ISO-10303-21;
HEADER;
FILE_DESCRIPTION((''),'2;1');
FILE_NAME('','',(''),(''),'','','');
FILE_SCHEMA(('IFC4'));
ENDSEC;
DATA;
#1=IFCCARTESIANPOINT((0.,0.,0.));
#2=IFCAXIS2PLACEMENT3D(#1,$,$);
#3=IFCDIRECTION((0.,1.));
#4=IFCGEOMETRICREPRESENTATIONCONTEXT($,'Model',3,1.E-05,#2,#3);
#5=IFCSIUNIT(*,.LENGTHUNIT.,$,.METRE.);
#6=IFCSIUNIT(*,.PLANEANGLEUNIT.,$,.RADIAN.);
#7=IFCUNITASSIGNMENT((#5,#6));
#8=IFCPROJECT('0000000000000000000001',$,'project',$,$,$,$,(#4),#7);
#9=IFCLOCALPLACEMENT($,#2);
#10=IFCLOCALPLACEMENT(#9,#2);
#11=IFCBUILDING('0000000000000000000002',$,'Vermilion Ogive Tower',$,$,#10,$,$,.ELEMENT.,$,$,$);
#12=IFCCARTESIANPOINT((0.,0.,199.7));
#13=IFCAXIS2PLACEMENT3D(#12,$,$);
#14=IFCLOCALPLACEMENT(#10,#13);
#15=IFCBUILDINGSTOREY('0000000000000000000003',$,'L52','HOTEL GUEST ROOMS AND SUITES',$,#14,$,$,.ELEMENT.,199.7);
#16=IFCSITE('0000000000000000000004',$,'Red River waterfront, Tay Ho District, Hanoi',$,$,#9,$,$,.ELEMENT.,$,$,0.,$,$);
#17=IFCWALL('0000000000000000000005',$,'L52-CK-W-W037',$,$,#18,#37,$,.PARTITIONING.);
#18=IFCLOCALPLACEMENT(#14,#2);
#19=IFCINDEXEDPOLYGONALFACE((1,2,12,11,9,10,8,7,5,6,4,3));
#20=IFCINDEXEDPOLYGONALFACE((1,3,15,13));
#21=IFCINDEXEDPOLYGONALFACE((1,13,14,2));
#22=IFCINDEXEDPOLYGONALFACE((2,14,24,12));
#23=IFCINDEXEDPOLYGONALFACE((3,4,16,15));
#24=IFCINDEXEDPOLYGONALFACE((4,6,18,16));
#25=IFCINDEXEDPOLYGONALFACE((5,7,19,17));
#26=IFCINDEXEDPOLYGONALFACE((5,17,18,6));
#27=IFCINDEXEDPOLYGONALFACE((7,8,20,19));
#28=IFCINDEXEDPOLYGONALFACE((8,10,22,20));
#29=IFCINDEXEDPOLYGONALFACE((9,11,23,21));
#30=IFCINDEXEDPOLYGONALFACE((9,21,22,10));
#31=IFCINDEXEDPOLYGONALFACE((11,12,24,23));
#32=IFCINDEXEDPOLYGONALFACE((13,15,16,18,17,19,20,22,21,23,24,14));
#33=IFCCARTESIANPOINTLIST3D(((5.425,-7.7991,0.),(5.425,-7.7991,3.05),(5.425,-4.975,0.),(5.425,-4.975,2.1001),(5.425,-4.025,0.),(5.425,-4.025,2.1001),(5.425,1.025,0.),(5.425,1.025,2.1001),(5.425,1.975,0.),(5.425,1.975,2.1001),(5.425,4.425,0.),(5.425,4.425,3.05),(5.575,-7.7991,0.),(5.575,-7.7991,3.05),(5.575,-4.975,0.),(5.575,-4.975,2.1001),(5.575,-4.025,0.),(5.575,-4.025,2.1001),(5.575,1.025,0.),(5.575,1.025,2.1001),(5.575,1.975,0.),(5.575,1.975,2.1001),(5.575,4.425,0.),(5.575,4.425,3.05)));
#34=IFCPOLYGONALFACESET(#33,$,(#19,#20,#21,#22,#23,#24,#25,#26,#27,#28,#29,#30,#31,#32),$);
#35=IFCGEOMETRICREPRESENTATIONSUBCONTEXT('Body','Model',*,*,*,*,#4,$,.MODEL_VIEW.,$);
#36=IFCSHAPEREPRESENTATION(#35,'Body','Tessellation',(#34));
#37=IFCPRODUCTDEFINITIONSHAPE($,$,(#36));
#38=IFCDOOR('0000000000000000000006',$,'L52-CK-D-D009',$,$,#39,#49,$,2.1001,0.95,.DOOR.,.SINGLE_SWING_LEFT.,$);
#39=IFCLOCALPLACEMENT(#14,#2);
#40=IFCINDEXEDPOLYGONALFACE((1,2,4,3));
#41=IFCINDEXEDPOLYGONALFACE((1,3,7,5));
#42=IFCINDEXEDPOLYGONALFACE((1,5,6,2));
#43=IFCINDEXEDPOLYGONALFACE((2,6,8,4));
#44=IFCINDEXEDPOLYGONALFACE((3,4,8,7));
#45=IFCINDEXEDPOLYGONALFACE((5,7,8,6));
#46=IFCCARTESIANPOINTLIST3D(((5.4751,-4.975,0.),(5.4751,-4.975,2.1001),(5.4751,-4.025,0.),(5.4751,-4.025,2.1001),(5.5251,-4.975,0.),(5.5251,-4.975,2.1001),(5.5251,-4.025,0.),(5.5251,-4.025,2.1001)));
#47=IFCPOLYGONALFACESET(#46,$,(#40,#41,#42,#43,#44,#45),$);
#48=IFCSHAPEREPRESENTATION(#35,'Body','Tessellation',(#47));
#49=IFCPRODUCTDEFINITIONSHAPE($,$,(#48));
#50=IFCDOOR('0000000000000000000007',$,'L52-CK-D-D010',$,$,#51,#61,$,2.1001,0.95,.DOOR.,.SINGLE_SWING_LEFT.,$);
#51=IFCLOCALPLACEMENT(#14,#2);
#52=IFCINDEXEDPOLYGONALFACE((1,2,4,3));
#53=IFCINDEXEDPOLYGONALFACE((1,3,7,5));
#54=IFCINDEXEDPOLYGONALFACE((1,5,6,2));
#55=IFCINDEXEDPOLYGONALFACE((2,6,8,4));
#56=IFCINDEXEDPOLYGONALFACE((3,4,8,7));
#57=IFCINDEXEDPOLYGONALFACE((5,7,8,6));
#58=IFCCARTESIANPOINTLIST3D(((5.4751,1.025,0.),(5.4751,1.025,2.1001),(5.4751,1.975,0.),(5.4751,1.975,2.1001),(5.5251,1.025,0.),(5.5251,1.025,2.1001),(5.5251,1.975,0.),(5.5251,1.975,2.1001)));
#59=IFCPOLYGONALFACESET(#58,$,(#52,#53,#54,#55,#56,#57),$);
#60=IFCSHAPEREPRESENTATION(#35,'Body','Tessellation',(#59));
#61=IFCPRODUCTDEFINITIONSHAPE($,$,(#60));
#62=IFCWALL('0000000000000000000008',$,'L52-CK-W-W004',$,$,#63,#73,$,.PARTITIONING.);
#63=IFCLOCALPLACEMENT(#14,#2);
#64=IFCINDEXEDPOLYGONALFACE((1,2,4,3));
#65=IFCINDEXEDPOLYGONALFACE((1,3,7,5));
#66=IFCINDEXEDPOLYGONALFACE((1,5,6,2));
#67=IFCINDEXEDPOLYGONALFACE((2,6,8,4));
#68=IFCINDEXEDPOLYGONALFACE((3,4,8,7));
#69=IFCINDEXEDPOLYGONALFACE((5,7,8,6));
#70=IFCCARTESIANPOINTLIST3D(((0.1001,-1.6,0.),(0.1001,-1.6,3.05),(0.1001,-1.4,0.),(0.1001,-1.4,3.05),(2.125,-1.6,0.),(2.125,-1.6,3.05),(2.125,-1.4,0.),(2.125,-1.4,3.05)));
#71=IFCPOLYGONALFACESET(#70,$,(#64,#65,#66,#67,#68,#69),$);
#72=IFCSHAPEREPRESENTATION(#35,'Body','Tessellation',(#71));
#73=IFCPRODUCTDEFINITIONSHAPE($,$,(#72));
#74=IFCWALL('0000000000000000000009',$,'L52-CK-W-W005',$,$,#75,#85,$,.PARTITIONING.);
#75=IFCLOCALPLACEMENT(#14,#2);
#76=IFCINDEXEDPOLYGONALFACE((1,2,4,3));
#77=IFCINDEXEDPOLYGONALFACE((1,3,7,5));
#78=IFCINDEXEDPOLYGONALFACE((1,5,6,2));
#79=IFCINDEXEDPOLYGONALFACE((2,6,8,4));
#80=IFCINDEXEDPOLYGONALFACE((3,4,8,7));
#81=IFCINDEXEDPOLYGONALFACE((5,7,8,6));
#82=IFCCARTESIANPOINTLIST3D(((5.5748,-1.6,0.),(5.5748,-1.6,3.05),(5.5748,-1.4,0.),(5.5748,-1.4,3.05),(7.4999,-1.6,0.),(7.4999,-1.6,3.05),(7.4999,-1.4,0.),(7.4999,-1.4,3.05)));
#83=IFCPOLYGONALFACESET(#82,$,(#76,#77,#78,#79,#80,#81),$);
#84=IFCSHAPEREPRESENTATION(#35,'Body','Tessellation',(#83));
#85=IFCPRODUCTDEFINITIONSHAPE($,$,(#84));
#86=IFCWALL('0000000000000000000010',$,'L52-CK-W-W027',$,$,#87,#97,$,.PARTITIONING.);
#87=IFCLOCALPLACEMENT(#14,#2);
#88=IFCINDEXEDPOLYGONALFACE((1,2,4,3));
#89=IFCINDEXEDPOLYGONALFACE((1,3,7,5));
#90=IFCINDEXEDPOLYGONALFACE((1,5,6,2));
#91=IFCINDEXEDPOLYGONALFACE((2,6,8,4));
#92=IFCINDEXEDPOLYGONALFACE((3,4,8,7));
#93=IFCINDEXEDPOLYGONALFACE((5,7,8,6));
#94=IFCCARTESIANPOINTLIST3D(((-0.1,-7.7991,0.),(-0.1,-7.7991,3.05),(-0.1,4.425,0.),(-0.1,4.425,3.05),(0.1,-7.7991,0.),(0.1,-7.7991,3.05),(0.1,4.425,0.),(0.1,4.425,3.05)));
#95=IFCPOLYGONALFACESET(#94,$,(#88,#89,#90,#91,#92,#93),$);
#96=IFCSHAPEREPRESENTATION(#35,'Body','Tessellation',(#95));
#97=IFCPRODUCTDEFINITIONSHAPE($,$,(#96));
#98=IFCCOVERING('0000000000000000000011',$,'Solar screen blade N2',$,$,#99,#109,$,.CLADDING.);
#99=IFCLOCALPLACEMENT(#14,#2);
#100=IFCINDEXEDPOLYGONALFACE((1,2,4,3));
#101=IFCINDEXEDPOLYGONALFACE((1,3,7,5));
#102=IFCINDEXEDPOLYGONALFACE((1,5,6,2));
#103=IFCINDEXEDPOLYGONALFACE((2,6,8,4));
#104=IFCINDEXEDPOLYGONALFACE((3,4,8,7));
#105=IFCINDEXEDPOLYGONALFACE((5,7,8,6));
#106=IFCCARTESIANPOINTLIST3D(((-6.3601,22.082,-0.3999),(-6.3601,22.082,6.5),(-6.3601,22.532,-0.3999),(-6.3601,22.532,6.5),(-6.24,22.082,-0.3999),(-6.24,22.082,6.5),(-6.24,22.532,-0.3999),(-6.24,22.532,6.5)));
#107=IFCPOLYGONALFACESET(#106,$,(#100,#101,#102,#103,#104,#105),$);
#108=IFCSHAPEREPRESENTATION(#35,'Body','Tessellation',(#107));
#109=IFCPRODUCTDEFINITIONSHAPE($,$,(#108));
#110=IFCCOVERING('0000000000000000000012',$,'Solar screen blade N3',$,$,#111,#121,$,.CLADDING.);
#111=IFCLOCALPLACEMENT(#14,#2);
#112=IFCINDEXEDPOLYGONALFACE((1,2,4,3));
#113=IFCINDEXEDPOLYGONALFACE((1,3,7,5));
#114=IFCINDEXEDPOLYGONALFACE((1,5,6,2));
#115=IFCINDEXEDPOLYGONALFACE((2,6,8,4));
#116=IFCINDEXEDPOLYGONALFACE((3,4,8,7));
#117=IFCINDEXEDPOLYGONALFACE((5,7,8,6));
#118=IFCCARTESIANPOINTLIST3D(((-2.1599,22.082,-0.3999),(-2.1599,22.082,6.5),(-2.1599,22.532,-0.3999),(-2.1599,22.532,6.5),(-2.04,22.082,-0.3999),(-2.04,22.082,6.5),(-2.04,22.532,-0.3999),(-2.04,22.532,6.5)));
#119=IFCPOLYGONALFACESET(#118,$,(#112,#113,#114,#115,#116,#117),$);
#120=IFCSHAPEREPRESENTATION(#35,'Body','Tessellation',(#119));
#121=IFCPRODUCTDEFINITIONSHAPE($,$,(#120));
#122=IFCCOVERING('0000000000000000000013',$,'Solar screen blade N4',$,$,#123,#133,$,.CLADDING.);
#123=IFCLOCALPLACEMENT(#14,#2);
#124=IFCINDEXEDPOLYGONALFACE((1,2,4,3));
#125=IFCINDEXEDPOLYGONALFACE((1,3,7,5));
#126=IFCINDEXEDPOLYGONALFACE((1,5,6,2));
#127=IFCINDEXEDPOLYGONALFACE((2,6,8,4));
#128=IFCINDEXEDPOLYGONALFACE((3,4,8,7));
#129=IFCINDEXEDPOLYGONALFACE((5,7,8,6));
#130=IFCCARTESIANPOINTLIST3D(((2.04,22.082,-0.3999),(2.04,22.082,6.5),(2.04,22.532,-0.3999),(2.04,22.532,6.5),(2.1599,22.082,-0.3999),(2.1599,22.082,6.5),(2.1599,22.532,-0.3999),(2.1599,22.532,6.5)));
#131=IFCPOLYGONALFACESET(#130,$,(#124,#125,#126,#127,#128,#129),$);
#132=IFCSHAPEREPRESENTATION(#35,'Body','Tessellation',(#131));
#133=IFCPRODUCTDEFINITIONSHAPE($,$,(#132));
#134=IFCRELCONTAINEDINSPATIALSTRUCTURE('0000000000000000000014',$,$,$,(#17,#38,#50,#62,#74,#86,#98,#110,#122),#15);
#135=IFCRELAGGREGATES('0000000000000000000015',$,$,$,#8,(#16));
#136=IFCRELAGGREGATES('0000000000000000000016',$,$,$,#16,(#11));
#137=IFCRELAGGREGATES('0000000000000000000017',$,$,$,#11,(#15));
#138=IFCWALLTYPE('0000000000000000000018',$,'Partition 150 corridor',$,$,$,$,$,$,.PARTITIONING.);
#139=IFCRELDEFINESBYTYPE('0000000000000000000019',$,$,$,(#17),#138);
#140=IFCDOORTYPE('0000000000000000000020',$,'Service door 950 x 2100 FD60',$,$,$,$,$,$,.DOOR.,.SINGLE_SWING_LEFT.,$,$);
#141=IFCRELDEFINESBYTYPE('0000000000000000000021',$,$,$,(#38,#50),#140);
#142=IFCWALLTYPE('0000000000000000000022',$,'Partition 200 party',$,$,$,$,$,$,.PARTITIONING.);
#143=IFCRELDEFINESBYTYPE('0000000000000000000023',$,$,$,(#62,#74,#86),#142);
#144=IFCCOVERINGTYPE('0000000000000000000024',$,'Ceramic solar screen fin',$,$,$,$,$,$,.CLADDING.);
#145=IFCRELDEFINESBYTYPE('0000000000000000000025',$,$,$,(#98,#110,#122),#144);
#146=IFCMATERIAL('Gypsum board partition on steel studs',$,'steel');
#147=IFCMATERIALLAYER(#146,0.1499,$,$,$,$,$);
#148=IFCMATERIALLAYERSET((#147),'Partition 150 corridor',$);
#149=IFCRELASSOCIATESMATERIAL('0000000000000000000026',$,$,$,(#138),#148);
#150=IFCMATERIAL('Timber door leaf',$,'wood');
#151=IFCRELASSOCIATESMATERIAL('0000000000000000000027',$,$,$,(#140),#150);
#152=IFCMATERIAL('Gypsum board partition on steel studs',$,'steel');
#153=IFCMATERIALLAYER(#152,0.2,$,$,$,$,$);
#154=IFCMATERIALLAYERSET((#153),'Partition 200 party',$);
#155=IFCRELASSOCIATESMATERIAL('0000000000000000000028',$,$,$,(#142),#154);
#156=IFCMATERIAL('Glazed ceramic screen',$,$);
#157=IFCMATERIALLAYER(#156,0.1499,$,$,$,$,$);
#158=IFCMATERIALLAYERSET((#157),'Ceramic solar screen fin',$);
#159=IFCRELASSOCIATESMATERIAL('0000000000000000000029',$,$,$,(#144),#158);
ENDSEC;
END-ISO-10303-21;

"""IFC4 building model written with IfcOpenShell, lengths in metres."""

from ifc_helpers import new_model, si_unit, direction, frame, frame_2d, origin, place, context, subcontext, project, spatial, polyline, rectangle, outline, extrude, material, layer, layer_set, type_object, element, fill, save


model = new_model("IFC4")

# Units and contexts
model_context = context("Model", 3, precision=1e-05, world=origin(), true_north=direction((0.0, 1.0)))
body_context = subcontext(model_context, "Body", "Model", "MODEL_VIEW")
ifc_project = project(units=[si_unit("LENGTHUNIT", "METRE"), si_unit("PLANEANGLEUNIT", "RADIAN")], contexts=[model_context])

# Site, building, storey
site_placement = place(None, origin())
site = spatial("IfcSite", under=ifc_project, at=site_placement, Name="Red River waterfront, Tay Ho District, Hanoi", CompositionType="ELEMENT", RefElevation=0.0)
building_placement = place(site_placement, origin())
building = spatial("IfcBuilding", under=site, at=building_placement, Name="Vermilion Ogive Tower", CompositionType="ELEMENT")
storey_placement = place(building_placement, frame((0.0, 0.0, 199.7)))
storey = spatial("IfcBuildingStorey", under=building, at=storey_placement, Name="L52", Description="HOTEL GUEST ROOMS AND SUITES", CompositionType="ELEMENT", Elevation=199.7)

# Wall, openings, doors
ifc_material_1 = material(Name="Gypsum board partition on steel studs", Category="steel")
ifc_layer_1 = layer(ifc_material_1, 0.1499)
ifc_layer_set_1 = layer_set([ifc_layer_1], Name="Partition 150 corridor")
wall_type_1 = type_object("IfcWallType", Name="Partition 150 corridor", PredefinedType="PARTITIONING", material=ifc_layer_set_1)
ifc_material_2 = material(Name="Timber door leaf", Category="wood")
door_type_1 = type_object("IfcDoorType", Name="Service door 950 x 2100 FD60", OperationType="SINGLE_SWING_LEFT", PredefinedType="DOOR", material=ifc_material_2)
wall_1_placement = place(storey_placement, frame((5.5, -7.7991, 0.0), z_axis=(0.0, 0.0, 1.0), x_axis=(0.0, 1.0, 0.0)))
wall_1 = element("IfcWall", 1, at=wall_1_placement, inside=storey, type_object=wall_type_1, Name="L52-CK-W-W037", PredefinedType="PARTITIONING", context=body_context, shape_type="SweptSolid", body=[
    extrude(rectangle(XDim=12.2241, YDim=0.1499, at=frame_2d((6.1121, 0.0))), origin(), (0.0, 0.0, 1.0), 3.05),
])
opening_1_placement = place(wall_1_placement, frame((2.824, 0.0, 0.0)))
opening_1 = element("IfcOpeningElement", 2, at=opening_1_placement, cuts=wall_1, PredefinedType="OPENING", context=body_context, shape_type="SweptSolid", body=[
    extrude(rectangle(XDim=0.95, YDim=2.1001, at=frame_2d((0.4751, 1.05))), frame((0.0, 0.085, 0.0), z_axis=(0.0, -1.0, 0.0), x_axis=(1.0, 0.0, 0.0)), (0.0, 0.0, 1.0), 0.1699),
])
opening_2_placement = place(wall_1_placement, frame((8.824, 0.0, 0.0)))
opening_2 = element("IfcOpeningElement", 3, at=opening_2_placement, cuts=wall_1, PredefinedType="OPENING", context=body_context, shape_type="SweptSolid", body=[
    extrude(rectangle(XDim=0.95, YDim=2.1001, at=frame_2d((0.4751, 1.05))), frame((0.0, 0.085, 0.0), z_axis=(0.0, -1.0, 0.0), x_axis=(1.0, 0.0, 0.0)), (0.0, 0.0, 1.0), 0.1699),
])
door_1_placement = place(opening_1_placement, origin())
door_1 = element("IfcDoor", 4, at=door_1_placement, inside=storey, type_object=door_type_1, Name="L52-CK-D-D009", OperationType="SINGLE_SWING_LEFT", OverallHeight=2.1001, OverallWidth=0.95, PredefinedType="DOOR", context=body_context, shape_type="SweptSolid", body=[
    extrude(rectangle(XDim=0.95, YDim=2.1001, at=frame_2d((0.4751, 1.05))), frame((0.0, 0.0249, 0.0), z_axis=(0.0, -1.0, 0.0), x_axis=(1.0, 0.0, 0.0)), (0.0, 0.0, 1.0), 0.05),
])
fill(opening_1, door_1)
door_2_placement = place(opening_2_placement, origin())
door_2 = element("IfcDoor", 5, at=door_2_placement, inside=storey, type_object=door_type_1, Name="L52-CK-D-D010", OperationType="SINGLE_SWING_LEFT", OverallHeight=2.1001, OverallWidth=0.95, PredefinedType="DOOR", context=body_context, shape_type="SweptSolid", body=[
    extrude(rectangle(XDim=0.95, YDim=2.1001, at=frame_2d((0.4751, 1.05))), frame((0.0, 0.0249, 0.0), z_axis=(0.0, -1.0, 0.0), x_axis=(1.0, 0.0, 0.0)), (0.0, 0.0, 1.0), 0.05),
])
fill(opening_2, door_2)

# Walls
ifc_material_3 = material(Name="Gypsum board partition on steel studs", Category="steel")
ifc_layer_2 = layer(ifc_material_3, 0.2)
ifc_layer_set_2 = layer_set([ifc_layer_2], Name="Partition 200 party")
wall_type_2 = type_object("IfcWallType", Name="Partition 200 party", PredefinedType="PARTITIONING", material=ifc_layer_set_2)
wall_2_placement = place(storey_placement, frame((0.1001, -1.5, 0.0), z_axis=(0.0, 0.0, 1.0), x_axis=(1.0, 0.0, 0.0)))
element("IfcWall", 6, at=wall_2_placement, inside=storey, type_object=wall_type_2, Name="L52-CK-W-W004", PredefinedType="PARTITIONING", context=body_context, shape_type="SweptSolid", body=[
    extrude(rectangle(XDim=2.0249, YDim=0.2, at=frame_2d((1.0125, 0.0))), origin(), (0.0, 0.0, 1.0), 3.05),
])
wall_3_placement = place(storey_placement, frame((5.575, -1.5, 0.0), z_axis=(0.0, 0.0, 1.0), x_axis=(1.0, 0.0, 0.0)))
element("IfcWall", 7, at=wall_3_placement, inside=storey, type_object=wall_type_2, Name="L52-CK-W-W005", PredefinedType="PARTITIONING", context=body_context, shape_type="SweptSolid", body=[
    extrude(rectangle(XDim=1.925, YDim=0.2, at=frame_2d((0.9624, 0.0))), origin(), (0.0, 0.0, 1.0), 3.05),
])
wall_4_placement = place(storey_placement, frame((0.0, -7.7991, 0.0), z_axis=(0.0, 0.0, 1.0), x_axis=(0.0, 1.0, 0.0)))
element("IfcWall", 8, at=wall_4_placement, inside=storey, type_object=wall_type_2, Name="L52-CK-W-W027", PredefinedType="PARTITIONING", context=body_context, shape_type="SweptSolid", body=[
    extrude(rectangle(XDim=12.2241, YDim=0.2, at=frame_2d((6.1121, 0.0))), origin(), (0.0, 0.0, 1.0), 3.05),
])

# Coverings
ifc_material_4 = material(Name="Glazed ceramic screen")
ifc_layer_3 = layer(ifc_material_4, 0.1499)
ifc_layer_set_3 = layer_set([ifc_layer_3], Name="Ceramic solar screen fin")
covering_type = type_object("IfcCoveringType", Name="Ceramic solar screen fin", PredefinedType="CLADDING", material=ifc_layer_set_3)
covering_1_placement = place(storey_placement, frame((0.0, 0.0, -0.3999)))
element("IfcCovering", 9, at=covering_1_placement, inside=storey, type_object=covering_type, Name="Solar screen blade N2", PredefinedType="CLADDING", context=body_context, shape_type="SweptSolid", body=[
    extrude(outline(polyline([(-6.3601, 22.082), (-6.24, 22.082), (-6.24, 22.532), (-6.3601, 22.532), (-6.3601, 22.082)])), origin(), (0.0, 0.0, 1.0), 6.8999),
])
covering_2_placement = place(storey_placement, frame((0.0, 0.0, -0.3999)))
element("IfcCovering", 10, at=covering_2_placement, inside=storey, type_object=covering_type, Name="Solar screen blade N3", PredefinedType="CLADDING", context=body_context, shape_type="SweptSolid", body=[
    extrude(outline(polyline([(-2.1599, 22.082), (-2.04, 22.082), (-2.04, 22.532), (-2.1599, 22.532), (-2.1599, 22.082)])), origin(), (0.0, 0.0, 1.0), 6.8999),
])
covering_3_placement = place(storey_placement, frame((0.0, 0.0, -0.3999)))
element("IfcCovering", 11, at=covering_3_placement, inside=storey, type_object=covering_type, Name="Solar screen blade N4", PredefinedType="CLADDING", context=body_context, shape_type="SweptSolid", body=[
    extrude(outline(polyline([(2.04, 22.082), (2.1599, 22.082), (2.1599, 22.532), (2.04, 22.532), (2.04, 22.082)])), origin(), (0.0, 0.0, 1.0), 6.8999),
])

save(model, "model.ifc")
